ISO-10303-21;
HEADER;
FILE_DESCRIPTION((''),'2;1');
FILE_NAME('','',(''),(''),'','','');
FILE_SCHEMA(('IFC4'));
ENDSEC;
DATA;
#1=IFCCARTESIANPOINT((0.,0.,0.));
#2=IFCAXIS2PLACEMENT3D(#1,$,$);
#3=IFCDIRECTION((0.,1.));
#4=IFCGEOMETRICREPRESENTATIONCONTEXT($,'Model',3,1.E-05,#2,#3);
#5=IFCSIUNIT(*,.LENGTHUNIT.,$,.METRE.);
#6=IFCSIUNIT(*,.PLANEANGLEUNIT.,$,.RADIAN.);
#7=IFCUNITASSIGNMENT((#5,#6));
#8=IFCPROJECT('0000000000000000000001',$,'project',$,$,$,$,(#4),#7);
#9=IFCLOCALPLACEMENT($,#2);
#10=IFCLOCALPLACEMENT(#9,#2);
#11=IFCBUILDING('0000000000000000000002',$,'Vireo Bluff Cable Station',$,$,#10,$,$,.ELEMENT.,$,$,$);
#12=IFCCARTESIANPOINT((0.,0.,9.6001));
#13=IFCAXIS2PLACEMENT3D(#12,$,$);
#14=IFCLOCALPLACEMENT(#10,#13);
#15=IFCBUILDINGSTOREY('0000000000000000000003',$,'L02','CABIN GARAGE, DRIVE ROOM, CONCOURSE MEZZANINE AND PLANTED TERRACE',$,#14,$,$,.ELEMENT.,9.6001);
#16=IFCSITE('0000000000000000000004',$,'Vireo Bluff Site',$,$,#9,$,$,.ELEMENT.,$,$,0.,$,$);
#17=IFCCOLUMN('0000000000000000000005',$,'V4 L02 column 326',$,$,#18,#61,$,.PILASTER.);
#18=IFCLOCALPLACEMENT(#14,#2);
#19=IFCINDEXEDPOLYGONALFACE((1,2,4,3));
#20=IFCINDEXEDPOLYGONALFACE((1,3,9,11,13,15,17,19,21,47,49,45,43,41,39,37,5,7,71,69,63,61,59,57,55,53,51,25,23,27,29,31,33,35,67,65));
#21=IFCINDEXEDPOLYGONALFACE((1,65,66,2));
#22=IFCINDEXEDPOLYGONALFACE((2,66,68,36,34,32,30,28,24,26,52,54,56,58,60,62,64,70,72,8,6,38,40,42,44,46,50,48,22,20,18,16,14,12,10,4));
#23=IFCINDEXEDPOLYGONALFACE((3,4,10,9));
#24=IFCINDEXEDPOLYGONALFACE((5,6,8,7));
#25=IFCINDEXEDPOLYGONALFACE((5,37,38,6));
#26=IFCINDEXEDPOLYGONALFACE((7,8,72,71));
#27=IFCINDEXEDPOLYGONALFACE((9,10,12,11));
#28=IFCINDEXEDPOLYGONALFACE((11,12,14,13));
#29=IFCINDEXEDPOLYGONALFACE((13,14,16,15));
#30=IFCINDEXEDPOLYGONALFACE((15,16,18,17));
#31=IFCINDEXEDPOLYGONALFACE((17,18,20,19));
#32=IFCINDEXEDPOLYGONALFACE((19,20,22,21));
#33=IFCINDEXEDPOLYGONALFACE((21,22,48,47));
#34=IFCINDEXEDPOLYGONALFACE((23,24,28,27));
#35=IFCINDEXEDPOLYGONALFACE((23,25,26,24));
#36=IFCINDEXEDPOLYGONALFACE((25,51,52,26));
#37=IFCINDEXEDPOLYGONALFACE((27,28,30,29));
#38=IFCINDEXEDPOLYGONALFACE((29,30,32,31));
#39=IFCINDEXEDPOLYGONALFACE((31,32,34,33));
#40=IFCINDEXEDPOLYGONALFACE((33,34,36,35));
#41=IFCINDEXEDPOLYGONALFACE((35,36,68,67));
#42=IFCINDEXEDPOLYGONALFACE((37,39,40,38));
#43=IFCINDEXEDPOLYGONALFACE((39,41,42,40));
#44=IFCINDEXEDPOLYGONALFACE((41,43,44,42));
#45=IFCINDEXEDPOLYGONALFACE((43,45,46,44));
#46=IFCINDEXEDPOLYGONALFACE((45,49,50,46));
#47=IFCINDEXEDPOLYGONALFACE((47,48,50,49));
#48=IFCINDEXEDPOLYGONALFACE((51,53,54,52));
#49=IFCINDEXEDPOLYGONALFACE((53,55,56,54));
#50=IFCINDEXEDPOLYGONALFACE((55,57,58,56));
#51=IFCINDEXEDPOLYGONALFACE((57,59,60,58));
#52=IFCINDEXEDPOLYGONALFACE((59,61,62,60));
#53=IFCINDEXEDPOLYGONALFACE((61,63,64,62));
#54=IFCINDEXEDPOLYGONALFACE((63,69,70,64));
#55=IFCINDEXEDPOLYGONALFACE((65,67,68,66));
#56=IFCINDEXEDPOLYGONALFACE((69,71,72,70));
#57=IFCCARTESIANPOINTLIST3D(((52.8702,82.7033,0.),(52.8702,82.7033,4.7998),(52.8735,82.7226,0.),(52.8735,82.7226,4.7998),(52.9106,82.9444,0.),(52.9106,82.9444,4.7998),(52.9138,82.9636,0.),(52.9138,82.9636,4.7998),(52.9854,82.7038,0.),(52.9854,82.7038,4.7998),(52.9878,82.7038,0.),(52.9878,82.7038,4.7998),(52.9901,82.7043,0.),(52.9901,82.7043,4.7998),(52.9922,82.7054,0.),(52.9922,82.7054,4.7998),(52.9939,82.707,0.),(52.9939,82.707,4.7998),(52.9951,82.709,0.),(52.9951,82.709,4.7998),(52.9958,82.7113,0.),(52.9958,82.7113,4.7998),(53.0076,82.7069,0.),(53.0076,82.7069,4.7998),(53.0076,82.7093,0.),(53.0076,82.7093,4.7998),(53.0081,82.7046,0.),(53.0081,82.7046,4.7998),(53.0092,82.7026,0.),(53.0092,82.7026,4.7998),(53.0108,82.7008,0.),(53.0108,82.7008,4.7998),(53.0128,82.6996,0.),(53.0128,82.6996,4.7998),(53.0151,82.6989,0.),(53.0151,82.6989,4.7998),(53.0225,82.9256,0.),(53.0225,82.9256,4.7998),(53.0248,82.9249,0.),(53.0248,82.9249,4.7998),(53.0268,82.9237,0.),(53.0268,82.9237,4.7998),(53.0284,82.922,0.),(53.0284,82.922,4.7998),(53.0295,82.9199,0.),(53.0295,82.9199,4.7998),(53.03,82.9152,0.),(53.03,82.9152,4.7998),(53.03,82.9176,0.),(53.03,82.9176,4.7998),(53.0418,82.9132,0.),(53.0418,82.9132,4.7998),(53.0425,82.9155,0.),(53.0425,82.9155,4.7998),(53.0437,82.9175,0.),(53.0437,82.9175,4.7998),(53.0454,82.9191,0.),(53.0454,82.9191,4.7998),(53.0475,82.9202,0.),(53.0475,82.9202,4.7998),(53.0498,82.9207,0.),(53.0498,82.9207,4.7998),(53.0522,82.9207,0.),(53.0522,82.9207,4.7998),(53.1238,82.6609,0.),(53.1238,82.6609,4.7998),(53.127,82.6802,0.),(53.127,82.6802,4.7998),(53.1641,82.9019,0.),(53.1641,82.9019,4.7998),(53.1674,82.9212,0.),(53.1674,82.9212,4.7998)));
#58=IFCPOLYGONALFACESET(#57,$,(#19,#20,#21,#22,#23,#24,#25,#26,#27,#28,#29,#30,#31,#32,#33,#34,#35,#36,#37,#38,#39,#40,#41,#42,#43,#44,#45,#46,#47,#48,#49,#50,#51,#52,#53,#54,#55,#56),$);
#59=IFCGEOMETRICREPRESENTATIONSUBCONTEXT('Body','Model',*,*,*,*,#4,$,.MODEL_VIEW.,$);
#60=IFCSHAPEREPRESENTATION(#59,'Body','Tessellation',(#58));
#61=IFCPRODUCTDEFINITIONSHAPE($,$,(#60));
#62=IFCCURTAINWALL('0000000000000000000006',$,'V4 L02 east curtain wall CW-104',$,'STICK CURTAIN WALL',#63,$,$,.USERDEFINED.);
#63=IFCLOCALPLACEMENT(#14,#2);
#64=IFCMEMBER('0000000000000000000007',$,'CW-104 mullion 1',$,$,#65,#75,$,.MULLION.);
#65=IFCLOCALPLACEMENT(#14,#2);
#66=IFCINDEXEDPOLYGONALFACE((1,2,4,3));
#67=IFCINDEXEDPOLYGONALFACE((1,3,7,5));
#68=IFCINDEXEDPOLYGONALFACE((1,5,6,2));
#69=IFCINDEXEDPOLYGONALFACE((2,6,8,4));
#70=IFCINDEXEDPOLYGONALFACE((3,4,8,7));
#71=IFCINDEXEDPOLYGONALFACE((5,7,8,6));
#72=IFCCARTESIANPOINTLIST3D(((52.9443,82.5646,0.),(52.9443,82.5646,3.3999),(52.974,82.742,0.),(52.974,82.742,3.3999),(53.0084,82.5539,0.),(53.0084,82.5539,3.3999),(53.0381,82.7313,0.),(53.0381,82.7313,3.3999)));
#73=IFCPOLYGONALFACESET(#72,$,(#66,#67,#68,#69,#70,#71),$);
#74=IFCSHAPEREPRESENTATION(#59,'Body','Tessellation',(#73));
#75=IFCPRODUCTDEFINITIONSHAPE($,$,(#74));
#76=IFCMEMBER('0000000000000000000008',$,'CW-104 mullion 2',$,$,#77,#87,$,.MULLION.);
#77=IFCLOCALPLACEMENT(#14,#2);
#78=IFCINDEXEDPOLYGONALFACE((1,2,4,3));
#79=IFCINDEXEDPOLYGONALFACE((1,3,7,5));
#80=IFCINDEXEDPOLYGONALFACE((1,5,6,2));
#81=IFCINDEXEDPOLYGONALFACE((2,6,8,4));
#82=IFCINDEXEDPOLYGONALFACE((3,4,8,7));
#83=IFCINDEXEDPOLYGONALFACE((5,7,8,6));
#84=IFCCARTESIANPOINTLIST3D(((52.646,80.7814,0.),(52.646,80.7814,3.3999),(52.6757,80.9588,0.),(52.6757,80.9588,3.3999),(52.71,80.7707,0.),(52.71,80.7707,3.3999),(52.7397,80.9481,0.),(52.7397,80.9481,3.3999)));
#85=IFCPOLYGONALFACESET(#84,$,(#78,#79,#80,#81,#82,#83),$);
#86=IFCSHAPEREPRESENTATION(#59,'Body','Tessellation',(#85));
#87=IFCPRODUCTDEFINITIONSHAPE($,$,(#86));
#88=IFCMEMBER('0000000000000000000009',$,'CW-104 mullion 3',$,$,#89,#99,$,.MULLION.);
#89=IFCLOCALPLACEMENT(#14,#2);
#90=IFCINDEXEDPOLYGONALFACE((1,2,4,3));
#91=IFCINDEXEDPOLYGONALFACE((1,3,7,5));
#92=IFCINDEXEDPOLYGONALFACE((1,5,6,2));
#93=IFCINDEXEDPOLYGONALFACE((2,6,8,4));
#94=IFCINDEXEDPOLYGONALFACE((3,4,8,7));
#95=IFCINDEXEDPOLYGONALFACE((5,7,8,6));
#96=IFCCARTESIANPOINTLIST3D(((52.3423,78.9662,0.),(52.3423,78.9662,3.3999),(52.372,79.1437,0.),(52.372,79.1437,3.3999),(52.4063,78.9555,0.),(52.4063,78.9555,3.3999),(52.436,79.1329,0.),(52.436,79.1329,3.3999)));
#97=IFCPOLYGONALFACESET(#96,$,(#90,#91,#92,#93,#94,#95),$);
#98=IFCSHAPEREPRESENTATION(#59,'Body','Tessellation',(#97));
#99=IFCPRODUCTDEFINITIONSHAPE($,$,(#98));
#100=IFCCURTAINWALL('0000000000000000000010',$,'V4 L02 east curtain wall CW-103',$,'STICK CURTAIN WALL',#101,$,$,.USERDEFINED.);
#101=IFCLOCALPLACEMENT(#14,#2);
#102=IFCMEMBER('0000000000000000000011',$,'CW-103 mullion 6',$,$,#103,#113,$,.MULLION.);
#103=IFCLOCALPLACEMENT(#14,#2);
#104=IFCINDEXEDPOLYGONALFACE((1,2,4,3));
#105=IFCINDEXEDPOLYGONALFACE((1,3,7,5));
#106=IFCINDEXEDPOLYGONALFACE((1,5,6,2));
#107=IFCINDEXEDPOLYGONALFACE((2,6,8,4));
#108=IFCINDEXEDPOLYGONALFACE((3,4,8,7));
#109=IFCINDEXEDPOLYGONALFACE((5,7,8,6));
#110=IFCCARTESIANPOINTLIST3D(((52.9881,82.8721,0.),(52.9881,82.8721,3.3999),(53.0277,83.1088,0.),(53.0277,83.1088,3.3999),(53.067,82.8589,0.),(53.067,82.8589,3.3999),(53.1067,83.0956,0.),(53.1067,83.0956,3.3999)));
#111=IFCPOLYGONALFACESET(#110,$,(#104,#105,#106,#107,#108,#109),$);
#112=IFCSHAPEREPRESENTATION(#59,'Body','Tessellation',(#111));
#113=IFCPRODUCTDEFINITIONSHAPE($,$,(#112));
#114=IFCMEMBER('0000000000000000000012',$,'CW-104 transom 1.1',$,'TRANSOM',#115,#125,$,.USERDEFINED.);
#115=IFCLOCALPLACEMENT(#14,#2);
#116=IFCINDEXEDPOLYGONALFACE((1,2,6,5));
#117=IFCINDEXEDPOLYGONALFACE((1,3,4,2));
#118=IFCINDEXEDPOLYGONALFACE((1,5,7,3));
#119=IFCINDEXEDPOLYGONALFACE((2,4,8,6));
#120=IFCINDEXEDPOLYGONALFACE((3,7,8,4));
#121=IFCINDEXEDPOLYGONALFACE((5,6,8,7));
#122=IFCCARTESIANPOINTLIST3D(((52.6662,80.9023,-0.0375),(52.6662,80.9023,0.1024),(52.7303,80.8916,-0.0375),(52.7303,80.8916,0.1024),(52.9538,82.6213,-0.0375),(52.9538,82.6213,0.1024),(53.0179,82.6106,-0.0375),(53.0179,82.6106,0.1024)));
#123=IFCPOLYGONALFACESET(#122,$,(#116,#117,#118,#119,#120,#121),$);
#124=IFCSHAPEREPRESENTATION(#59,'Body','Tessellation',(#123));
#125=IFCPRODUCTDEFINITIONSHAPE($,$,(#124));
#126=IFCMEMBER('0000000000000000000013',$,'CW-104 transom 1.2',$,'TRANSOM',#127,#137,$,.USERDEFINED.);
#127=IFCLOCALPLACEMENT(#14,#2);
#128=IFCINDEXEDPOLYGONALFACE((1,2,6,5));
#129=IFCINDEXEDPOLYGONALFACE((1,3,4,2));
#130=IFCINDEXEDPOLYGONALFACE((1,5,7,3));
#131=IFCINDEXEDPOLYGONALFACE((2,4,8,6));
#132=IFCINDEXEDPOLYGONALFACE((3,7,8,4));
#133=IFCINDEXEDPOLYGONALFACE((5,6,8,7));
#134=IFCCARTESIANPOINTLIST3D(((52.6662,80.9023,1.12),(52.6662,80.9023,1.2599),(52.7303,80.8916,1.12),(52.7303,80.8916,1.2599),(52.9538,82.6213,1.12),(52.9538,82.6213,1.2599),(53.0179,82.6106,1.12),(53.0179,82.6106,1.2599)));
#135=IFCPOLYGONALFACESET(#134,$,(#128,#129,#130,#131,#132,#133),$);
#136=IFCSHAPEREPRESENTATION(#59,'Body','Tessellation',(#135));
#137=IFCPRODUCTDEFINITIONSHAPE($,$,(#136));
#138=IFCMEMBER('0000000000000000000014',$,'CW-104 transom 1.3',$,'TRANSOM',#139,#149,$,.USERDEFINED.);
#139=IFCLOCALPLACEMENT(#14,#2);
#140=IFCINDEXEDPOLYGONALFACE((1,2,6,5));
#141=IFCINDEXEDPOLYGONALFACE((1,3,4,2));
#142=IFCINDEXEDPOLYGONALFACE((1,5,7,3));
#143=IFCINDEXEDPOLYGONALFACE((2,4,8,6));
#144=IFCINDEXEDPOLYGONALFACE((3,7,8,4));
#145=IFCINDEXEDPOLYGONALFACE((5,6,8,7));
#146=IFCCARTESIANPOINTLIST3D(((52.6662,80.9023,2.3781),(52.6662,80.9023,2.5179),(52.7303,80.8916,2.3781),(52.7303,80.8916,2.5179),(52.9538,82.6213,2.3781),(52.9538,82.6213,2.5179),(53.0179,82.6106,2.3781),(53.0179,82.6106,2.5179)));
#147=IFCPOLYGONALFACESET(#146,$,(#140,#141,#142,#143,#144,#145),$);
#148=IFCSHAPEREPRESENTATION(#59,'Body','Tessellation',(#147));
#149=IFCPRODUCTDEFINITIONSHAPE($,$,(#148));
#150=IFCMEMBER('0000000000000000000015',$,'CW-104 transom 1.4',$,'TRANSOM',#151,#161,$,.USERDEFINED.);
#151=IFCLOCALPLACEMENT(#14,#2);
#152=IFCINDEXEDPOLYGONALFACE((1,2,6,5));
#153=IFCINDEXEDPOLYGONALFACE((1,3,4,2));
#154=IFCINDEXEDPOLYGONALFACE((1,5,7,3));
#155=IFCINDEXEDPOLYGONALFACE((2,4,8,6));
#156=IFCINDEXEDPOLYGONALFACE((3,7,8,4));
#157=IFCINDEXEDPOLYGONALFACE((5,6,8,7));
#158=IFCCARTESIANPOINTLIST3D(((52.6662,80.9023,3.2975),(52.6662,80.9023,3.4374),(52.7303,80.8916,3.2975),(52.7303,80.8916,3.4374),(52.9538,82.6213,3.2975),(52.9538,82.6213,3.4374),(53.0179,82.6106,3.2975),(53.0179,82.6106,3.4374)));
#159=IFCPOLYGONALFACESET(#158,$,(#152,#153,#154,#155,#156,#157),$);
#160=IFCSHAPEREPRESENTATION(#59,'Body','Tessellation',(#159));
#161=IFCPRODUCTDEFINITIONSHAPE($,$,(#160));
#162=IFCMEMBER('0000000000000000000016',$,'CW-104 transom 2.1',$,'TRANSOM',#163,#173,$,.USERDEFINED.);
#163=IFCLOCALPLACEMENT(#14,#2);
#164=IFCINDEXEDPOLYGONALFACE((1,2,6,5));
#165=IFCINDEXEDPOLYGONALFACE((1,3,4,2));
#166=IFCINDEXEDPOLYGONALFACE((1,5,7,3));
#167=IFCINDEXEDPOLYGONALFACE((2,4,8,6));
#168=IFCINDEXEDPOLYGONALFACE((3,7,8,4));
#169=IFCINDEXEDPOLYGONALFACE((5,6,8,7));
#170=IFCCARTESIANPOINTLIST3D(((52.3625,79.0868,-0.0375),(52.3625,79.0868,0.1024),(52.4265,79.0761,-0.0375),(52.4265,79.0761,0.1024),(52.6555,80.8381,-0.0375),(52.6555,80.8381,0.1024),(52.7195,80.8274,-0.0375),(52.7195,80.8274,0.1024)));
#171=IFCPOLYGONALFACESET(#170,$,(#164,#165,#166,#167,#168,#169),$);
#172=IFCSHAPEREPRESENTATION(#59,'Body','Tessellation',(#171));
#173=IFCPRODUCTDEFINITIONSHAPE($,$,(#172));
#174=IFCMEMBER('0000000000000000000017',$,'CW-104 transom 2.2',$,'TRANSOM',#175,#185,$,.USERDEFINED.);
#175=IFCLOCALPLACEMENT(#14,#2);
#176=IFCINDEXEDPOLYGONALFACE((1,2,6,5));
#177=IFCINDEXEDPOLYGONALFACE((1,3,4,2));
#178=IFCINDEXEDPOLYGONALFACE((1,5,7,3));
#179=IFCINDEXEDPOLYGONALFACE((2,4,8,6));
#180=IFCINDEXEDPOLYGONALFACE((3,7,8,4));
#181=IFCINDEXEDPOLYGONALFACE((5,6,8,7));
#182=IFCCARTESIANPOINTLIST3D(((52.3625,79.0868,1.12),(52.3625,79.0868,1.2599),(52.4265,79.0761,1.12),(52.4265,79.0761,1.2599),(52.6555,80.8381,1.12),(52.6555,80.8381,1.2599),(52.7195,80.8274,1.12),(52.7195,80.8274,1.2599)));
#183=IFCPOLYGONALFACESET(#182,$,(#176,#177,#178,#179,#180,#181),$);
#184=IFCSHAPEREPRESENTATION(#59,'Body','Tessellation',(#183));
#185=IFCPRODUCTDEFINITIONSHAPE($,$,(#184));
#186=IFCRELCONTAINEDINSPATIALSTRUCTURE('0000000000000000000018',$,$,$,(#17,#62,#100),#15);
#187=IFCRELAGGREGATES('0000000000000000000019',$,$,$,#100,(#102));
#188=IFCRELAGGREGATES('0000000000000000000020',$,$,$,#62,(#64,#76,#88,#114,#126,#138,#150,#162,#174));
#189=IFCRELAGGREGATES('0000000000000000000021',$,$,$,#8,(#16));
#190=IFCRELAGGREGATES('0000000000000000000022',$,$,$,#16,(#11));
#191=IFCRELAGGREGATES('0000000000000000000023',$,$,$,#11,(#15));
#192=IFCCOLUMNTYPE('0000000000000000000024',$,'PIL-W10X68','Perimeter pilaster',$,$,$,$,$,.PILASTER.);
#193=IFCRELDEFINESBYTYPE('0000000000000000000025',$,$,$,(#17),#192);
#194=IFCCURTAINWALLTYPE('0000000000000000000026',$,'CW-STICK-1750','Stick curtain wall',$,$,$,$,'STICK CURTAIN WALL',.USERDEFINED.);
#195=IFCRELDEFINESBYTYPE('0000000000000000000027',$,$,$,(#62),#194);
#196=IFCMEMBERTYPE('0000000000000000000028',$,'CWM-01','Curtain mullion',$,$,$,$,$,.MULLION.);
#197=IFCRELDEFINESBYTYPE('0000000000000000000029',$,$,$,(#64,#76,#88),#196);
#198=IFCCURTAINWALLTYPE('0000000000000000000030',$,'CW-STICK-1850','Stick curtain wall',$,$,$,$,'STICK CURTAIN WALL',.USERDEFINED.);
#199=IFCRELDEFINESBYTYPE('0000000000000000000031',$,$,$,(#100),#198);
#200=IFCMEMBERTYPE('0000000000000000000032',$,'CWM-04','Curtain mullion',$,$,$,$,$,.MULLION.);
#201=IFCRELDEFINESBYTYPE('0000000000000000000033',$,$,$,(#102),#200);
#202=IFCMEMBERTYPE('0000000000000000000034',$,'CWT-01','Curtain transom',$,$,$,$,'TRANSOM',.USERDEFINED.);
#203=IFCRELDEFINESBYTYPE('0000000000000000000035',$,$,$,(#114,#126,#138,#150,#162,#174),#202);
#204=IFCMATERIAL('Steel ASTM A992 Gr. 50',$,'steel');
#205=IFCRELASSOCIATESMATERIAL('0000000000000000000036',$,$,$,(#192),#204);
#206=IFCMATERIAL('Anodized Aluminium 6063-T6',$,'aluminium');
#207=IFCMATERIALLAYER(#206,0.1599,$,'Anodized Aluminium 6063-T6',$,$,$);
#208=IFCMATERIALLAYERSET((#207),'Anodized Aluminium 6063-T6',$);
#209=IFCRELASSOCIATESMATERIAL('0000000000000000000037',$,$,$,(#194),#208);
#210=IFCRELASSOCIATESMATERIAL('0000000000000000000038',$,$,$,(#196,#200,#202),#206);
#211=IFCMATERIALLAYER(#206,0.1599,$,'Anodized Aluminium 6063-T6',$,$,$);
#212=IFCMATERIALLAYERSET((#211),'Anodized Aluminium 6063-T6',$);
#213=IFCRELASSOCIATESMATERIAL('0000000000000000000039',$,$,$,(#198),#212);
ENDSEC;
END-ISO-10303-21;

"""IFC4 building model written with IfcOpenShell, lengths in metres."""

from ifc_helpers import new_model, si_unit, direction, frame, origin, origin_2d, place, context, subcontext, project, spatial, rectangle, i_section, extrude, material, layer, layer_set, material_profile, profile_set, type_object, element, aggregate, save


model = new_model("IFC4")

# Units and contexts
model_context = context("Model", 3, precision=1e-05, world=origin(), true_north=direction((0.0, 1.0)))
body_context = subcontext(model_context, "Body", "Model", "MODEL_VIEW")
ifc_project = project(units=[si_unit("LENGTHUNIT", "METRE"), si_unit("PLANEANGLEUNIT", "RADIAN")], contexts=[model_context])

# Site, building, storey
site_placement = place(None, origin())
site = spatial("IfcSite", under=ifc_project, at=site_placement, Name="Vireo Bluff Site", CompositionType="ELEMENT", RefElevation=0.0)
building_placement = place(site_placement, origin())
building = spatial("IfcBuilding", under=site, at=building_placement, Name="Vireo Bluff Cable Station", CompositionType="ELEMENT")
storey_placement = place(building_placement, frame((0.0, 0.0, 9.6001)))
storey = spatial("IfcBuildingStorey", under=building, at=storey_placement, Name="L02", Description="CABIN GARAGE, DRIVE ROOM, CONCOURSE MEZZANINE AND PLANTED TERRACE", CompositionType="ELEMENT", Elevation=9.6001)

# Column
ifc_material_1 = material(Name="Steel ASTM A992 Gr. 50", Category="steel")
ifc_material_profile_1 = material_profile(ifc_material_1, i_section(OverallWidth=0.2571, OverallDepth=0.2639, WebThickness=0.012, FlangeThickness=0.0195, FilletRadius=0.009, at=origin_2d()), Name="W10X68")
ifc_profile_set_1 = profile_set([ifc_material_profile_1], Name="Steel ASTM A992 Gr. 50")
column_type = type_object("IfcColumnType", Name="PIL-W10X68", Description="Perimeter pilaster", PredefinedType="PILASTER", material=ifc_profile_set_1)
column_placement = place(storey_placement, frame((53.0188, 82.8123, 0.0), z_axis=(0.0, 0.0, 1.0), x_axis=(0.986286, -0.165048, 0.0)))
element("IfcColumn", 1, at=column_placement, inside=storey, type_object=column_type, Name="V4 L02 column 326", PredefinedType="PILASTER", context=body_context, shape_type="SweptSolid", body=[
    extrude(i_section(OverallWidth=0.2571, OverallDepth=0.2639, WebThickness=0.012, FlangeThickness=0.0195, FilletRadius=0.009, at=origin_2d()), origin(), (0.0, 0.0, 1.0), 4.7998),
])

# Curtain wall, members
ifc_material_2 = material(Name="Anodized Aluminium 6063-T6", Category="aluminium")
ifc_layer_1 = layer(ifc_material_2, 0.1599, Name="Anodized Aluminium 6063-T6")
ifc_layer_set_1 = layer_set([ifc_layer_1], Name="Anodized Aluminium 6063-T6")
curtain_wall_type_1 = type_object("IfcCurtainWallType", Name="CW-STICK-1750", Description="Stick curtain wall", ElementType="STICK CURTAIN WALL", PredefinedType="USERDEFINED", material=ifc_layer_set_1)
curtain_wall_1_placement = place(storey_placement, origin())
curtain_wall_1 = element("IfcCurtainWall", 2, at=curtain_wall_1_placement, inside=storey, type_object=curtain_wall_type_1, Name="V4 L02 east curtain wall CW-104", ObjectType="STICK CURTAIN WALL", PredefinedType="USERDEFINED")
ifc_material_profile_2 = material_profile(ifc_material_2, rectangle(XDim=0.0649, YDim=0.1799, at=origin_2d()), Name="ALU-M-65X180")
ifc_profile_set_2 = profile_set([ifc_material_profile_2], Name="Anodized Aluminium 6063-T6")
member_type_1 = type_object("IfcMemberType", Name="CWM-01", Description="Curtain mullion", PredefinedType="MULLION", material=ifc_profile_set_2)
member_1_placement = place(storey_placement, frame((52.9912, 82.6479, 0.0), z_axis=(0.0, 0.0, 1.0), x_axis=(0.986286, -0.165048, 0.0)))
member_1 = element("IfcMember", 3, at=member_1_placement, type_object=member_type_1, Name="CW-104 mullion 1", PredefinedType="MULLION", context=body_context, shape_type="SweptSolid", body=[
    extrude(rectangle(XDim=0.0649, YDim=0.1799, at=origin_2d()), origin(), (0.0, 0.0, 1.0), 3.3999),
])
member_2_placement = place(storey_placement, frame((52.6929, 80.8647, 0.0), z_axis=(0.0, 0.0, 1.0), x_axis=(0.986286, -0.165048, 0.0)))
member_2 = element("IfcMember", 4, at=member_2_placement, type_object=member_type_1, Name="CW-104 mullion 2", PredefinedType="MULLION", context=body_context, shape_type="SweptSolid", body=[
    extrude(rectangle(XDim=0.0649, YDim=0.1799, at=origin_2d()), origin(), (0.0, 0.0, 1.0), 3.3999),
])
member_3_placement = place(storey_placement, frame((52.3892, 79.0496, 0.0), z_axis=(0.0, 0.0, 1.0), x_axis=(0.986286, -0.165048, 0.0)))
member_3 = element("IfcMember", 5, at=member_3_placement, type_object=member_type_1, Name="CW-104 mullion 3", PredefinedType="MULLION", context=body_context, shape_type="SweptSolid", body=[
    extrude(rectangle(XDim=0.0649, YDim=0.1799, at=origin_2d()), origin(), (0.0, 0.0, 1.0), 3.3999),
])

# Curtain wall, member
ifc_layer_2 = layer(ifc_material_2, 0.1599, Name="Anodized Aluminium 6063-T6")
ifc_layer_set_2 = layer_set([ifc_layer_2], Name="Anodized Aluminium 6063-T6")
curtain_wall_type_2 = type_object("IfcCurtainWallType", Name="CW-STICK-1850", Description="Stick curtain wall", ElementType="STICK CURTAIN WALL", PredefinedType="USERDEFINED", material=ifc_layer_set_2)
curtain_wall_2_placement = place(storey_placement, origin())
curtain_wall_2 = element("IfcCurtainWall", 6, at=curtain_wall_2_placement, inside=storey, type_object=curtain_wall_type_2, Name="V4 L02 east curtain wall CW-103", ObjectType="STICK CURTAIN WALL", PredefinedType="USERDEFINED")
ifc_material_profile_3 = material_profile(ifc_material_2, rectangle(XDim=0.0801, YDim=0.24, at=origin_2d()), Name="ALU-M-80X240")
ifc_profile_set_3 = profile_set([ifc_material_profile_3], Name="Anodized Aluminium 6063-T6")
member_type_2 = type_object("IfcMemberType", Name="CWM-04", Description="Curtain mullion", PredefinedType="MULLION", material=ifc_profile_set_3)
member_4_placement = place(storey_placement, frame((53.0474, 82.9839, 0.0), z_axis=(0.0, 0.0, 1.0), x_axis=(0.986286, -0.165048, 0.0)))
member_4 = element("IfcMember", 7, at=member_4_placement, type_object=member_type_2, Name="CW-103 mullion 6", PredefinedType="MULLION", context=body_context, shape_type="SweptSolid", body=[
    extrude(rectangle(XDim=0.0801, YDim=0.24, at=origin_2d()), origin(), (0.0, 0.0, 1.0), 3.3999),
])

# Members
ifc_material_profile_4 = material_profile(ifc_material_2, rectangle(XDim=0.0649, YDim=0.1399, at=origin_2d()), Name="ALU-T-65X140")
ifc_profile_set_4 = profile_set([ifc_material_profile_4], Name="Anodized Aluminium 6063-T6")
member_type_3 = type_object("IfcMemberType", Name="CWT-01", Description="Curtain transom", ElementType="TRANSOM", PredefinedType="USERDEFINED", material=ifc_profile_set_4)
member_5_placement = place(storey_placement, frame((52.9858, 82.616, 0.0325), z_axis=(-0.165012, -0.986292, 0.0), x_axis=(0.986292, -0.165012, 0.0)))
member_5 = element("IfcMember", 8, at=member_5_placement, type_object=member_type_3, Name="CW-104 transom 1.1", ObjectType="TRANSOM", PredefinedType="USERDEFINED", context=body_context, shape_type="SweptSolid", body=[
    extrude(rectangle(XDim=0.0649, YDim=0.1399, at=origin_2d()), origin(), (0.0, 0.0, 1.0), 1.7429),
])
member_6_placement = place(storey_placement, frame((52.9858, 82.616, 1.1899), z_axis=(-0.165012, -0.986292, 0.0), x_axis=(0.986292, -0.165012, 0.0)))
member_6 = element("IfcMember", 9, at=member_6_placement, type_object=member_type_3, Name="CW-104 transom 1.2", ObjectType="TRANSOM", PredefinedType="USERDEFINED", context=body_context, shape_type="SweptSolid", body=[
    extrude(rectangle(XDim=0.0649, YDim=0.1399, at=origin_2d()), origin(), (0.0, 0.0, 1.0), 1.7429),
])
member_7_placement = place(storey_placement, frame((52.9858, 82.616, 2.448), z_axis=(-0.165012, -0.986292, 0.0), x_axis=(0.986292, -0.165012, 0.0)))
member_7 = element("IfcMember", 10, at=member_7_placement, type_object=member_type_3, Name="CW-104 transom 1.3", ObjectType="TRANSOM", PredefinedType="USERDEFINED", context=body_context, shape_type="SweptSolid", body=[
    extrude(rectangle(XDim=0.0649, YDim=0.1399, at=origin_2d()), origin(), (0.0, 0.0, 1.0), 1.7429),
])
member_8_placement = place(storey_placement, frame((52.9858, 82.616, 3.3674), z_axis=(-0.165012, -0.986292, 0.0), x_axis=(0.986292, -0.165012, 0.0)))
member_8 = element("IfcMember", 11, at=member_8_placement, type_object=member_type_3, Name="CW-104 transom 1.4", ObjectType="TRANSOM", PredefinedType="USERDEFINED", context=body_context, shape_type="SweptSolid", body=[
    extrude(rectangle(XDim=0.0649, YDim=0.1399, at=origin_2d()), origin(), (0.0, 0.0, 1.0), 1.7429),
])
member_9_placement = place(storey_placement, frame((52.6875, 80.8328, 0.0325), z_axis=(-0.165001, -0.986293, 0.0), x_axis=(0.986293, -0.165001, 0.0)))
member_9 = element("IfcMember", 12, at=member_9_placement, type_object=member_type_3, Name="CW-104 transom 2.1", ObjectType="TRANSOM", PredefinedType="USERDEFINED", context=body_context, shape_type="SweptSolid", body=[
    extrude(rectangle(XDim=0.0649, YDim=0.1399, at=origin_2d()), origin(), (0.0, 0.0, 1.0), 1.7756),
])
member_10_placement = place(storey_placement, frame((52.6875, 80.8328, 1.1899), z_axis=(-0.165001, -0.986293, 0.0), x_axis=(0.986293, -0.165001, 0.0)))
member_10 = element("IfcMember", 13, at=member_10_placement, type_object=member_type_3, Name="CW-104 transom 2.2", ObjectType="TRANSOM", PredefinedType="USERDEFINED", context=body_context, shape_type="SweptSolid", body=[
    extrude(rectangle(XDim=0.0649, YDim=0.1399, at=origin_2d()), origin(), (0.0, 0.0, 1.0), 1.7756),
])

aggregate(curtain_wall_2, [member_4])
aggregate(curtain_wall_1, [member_1, member_2, member_3, member_5, member_6, member_7, member_8, member_9, member_10])

save(model, "model.ifc")
